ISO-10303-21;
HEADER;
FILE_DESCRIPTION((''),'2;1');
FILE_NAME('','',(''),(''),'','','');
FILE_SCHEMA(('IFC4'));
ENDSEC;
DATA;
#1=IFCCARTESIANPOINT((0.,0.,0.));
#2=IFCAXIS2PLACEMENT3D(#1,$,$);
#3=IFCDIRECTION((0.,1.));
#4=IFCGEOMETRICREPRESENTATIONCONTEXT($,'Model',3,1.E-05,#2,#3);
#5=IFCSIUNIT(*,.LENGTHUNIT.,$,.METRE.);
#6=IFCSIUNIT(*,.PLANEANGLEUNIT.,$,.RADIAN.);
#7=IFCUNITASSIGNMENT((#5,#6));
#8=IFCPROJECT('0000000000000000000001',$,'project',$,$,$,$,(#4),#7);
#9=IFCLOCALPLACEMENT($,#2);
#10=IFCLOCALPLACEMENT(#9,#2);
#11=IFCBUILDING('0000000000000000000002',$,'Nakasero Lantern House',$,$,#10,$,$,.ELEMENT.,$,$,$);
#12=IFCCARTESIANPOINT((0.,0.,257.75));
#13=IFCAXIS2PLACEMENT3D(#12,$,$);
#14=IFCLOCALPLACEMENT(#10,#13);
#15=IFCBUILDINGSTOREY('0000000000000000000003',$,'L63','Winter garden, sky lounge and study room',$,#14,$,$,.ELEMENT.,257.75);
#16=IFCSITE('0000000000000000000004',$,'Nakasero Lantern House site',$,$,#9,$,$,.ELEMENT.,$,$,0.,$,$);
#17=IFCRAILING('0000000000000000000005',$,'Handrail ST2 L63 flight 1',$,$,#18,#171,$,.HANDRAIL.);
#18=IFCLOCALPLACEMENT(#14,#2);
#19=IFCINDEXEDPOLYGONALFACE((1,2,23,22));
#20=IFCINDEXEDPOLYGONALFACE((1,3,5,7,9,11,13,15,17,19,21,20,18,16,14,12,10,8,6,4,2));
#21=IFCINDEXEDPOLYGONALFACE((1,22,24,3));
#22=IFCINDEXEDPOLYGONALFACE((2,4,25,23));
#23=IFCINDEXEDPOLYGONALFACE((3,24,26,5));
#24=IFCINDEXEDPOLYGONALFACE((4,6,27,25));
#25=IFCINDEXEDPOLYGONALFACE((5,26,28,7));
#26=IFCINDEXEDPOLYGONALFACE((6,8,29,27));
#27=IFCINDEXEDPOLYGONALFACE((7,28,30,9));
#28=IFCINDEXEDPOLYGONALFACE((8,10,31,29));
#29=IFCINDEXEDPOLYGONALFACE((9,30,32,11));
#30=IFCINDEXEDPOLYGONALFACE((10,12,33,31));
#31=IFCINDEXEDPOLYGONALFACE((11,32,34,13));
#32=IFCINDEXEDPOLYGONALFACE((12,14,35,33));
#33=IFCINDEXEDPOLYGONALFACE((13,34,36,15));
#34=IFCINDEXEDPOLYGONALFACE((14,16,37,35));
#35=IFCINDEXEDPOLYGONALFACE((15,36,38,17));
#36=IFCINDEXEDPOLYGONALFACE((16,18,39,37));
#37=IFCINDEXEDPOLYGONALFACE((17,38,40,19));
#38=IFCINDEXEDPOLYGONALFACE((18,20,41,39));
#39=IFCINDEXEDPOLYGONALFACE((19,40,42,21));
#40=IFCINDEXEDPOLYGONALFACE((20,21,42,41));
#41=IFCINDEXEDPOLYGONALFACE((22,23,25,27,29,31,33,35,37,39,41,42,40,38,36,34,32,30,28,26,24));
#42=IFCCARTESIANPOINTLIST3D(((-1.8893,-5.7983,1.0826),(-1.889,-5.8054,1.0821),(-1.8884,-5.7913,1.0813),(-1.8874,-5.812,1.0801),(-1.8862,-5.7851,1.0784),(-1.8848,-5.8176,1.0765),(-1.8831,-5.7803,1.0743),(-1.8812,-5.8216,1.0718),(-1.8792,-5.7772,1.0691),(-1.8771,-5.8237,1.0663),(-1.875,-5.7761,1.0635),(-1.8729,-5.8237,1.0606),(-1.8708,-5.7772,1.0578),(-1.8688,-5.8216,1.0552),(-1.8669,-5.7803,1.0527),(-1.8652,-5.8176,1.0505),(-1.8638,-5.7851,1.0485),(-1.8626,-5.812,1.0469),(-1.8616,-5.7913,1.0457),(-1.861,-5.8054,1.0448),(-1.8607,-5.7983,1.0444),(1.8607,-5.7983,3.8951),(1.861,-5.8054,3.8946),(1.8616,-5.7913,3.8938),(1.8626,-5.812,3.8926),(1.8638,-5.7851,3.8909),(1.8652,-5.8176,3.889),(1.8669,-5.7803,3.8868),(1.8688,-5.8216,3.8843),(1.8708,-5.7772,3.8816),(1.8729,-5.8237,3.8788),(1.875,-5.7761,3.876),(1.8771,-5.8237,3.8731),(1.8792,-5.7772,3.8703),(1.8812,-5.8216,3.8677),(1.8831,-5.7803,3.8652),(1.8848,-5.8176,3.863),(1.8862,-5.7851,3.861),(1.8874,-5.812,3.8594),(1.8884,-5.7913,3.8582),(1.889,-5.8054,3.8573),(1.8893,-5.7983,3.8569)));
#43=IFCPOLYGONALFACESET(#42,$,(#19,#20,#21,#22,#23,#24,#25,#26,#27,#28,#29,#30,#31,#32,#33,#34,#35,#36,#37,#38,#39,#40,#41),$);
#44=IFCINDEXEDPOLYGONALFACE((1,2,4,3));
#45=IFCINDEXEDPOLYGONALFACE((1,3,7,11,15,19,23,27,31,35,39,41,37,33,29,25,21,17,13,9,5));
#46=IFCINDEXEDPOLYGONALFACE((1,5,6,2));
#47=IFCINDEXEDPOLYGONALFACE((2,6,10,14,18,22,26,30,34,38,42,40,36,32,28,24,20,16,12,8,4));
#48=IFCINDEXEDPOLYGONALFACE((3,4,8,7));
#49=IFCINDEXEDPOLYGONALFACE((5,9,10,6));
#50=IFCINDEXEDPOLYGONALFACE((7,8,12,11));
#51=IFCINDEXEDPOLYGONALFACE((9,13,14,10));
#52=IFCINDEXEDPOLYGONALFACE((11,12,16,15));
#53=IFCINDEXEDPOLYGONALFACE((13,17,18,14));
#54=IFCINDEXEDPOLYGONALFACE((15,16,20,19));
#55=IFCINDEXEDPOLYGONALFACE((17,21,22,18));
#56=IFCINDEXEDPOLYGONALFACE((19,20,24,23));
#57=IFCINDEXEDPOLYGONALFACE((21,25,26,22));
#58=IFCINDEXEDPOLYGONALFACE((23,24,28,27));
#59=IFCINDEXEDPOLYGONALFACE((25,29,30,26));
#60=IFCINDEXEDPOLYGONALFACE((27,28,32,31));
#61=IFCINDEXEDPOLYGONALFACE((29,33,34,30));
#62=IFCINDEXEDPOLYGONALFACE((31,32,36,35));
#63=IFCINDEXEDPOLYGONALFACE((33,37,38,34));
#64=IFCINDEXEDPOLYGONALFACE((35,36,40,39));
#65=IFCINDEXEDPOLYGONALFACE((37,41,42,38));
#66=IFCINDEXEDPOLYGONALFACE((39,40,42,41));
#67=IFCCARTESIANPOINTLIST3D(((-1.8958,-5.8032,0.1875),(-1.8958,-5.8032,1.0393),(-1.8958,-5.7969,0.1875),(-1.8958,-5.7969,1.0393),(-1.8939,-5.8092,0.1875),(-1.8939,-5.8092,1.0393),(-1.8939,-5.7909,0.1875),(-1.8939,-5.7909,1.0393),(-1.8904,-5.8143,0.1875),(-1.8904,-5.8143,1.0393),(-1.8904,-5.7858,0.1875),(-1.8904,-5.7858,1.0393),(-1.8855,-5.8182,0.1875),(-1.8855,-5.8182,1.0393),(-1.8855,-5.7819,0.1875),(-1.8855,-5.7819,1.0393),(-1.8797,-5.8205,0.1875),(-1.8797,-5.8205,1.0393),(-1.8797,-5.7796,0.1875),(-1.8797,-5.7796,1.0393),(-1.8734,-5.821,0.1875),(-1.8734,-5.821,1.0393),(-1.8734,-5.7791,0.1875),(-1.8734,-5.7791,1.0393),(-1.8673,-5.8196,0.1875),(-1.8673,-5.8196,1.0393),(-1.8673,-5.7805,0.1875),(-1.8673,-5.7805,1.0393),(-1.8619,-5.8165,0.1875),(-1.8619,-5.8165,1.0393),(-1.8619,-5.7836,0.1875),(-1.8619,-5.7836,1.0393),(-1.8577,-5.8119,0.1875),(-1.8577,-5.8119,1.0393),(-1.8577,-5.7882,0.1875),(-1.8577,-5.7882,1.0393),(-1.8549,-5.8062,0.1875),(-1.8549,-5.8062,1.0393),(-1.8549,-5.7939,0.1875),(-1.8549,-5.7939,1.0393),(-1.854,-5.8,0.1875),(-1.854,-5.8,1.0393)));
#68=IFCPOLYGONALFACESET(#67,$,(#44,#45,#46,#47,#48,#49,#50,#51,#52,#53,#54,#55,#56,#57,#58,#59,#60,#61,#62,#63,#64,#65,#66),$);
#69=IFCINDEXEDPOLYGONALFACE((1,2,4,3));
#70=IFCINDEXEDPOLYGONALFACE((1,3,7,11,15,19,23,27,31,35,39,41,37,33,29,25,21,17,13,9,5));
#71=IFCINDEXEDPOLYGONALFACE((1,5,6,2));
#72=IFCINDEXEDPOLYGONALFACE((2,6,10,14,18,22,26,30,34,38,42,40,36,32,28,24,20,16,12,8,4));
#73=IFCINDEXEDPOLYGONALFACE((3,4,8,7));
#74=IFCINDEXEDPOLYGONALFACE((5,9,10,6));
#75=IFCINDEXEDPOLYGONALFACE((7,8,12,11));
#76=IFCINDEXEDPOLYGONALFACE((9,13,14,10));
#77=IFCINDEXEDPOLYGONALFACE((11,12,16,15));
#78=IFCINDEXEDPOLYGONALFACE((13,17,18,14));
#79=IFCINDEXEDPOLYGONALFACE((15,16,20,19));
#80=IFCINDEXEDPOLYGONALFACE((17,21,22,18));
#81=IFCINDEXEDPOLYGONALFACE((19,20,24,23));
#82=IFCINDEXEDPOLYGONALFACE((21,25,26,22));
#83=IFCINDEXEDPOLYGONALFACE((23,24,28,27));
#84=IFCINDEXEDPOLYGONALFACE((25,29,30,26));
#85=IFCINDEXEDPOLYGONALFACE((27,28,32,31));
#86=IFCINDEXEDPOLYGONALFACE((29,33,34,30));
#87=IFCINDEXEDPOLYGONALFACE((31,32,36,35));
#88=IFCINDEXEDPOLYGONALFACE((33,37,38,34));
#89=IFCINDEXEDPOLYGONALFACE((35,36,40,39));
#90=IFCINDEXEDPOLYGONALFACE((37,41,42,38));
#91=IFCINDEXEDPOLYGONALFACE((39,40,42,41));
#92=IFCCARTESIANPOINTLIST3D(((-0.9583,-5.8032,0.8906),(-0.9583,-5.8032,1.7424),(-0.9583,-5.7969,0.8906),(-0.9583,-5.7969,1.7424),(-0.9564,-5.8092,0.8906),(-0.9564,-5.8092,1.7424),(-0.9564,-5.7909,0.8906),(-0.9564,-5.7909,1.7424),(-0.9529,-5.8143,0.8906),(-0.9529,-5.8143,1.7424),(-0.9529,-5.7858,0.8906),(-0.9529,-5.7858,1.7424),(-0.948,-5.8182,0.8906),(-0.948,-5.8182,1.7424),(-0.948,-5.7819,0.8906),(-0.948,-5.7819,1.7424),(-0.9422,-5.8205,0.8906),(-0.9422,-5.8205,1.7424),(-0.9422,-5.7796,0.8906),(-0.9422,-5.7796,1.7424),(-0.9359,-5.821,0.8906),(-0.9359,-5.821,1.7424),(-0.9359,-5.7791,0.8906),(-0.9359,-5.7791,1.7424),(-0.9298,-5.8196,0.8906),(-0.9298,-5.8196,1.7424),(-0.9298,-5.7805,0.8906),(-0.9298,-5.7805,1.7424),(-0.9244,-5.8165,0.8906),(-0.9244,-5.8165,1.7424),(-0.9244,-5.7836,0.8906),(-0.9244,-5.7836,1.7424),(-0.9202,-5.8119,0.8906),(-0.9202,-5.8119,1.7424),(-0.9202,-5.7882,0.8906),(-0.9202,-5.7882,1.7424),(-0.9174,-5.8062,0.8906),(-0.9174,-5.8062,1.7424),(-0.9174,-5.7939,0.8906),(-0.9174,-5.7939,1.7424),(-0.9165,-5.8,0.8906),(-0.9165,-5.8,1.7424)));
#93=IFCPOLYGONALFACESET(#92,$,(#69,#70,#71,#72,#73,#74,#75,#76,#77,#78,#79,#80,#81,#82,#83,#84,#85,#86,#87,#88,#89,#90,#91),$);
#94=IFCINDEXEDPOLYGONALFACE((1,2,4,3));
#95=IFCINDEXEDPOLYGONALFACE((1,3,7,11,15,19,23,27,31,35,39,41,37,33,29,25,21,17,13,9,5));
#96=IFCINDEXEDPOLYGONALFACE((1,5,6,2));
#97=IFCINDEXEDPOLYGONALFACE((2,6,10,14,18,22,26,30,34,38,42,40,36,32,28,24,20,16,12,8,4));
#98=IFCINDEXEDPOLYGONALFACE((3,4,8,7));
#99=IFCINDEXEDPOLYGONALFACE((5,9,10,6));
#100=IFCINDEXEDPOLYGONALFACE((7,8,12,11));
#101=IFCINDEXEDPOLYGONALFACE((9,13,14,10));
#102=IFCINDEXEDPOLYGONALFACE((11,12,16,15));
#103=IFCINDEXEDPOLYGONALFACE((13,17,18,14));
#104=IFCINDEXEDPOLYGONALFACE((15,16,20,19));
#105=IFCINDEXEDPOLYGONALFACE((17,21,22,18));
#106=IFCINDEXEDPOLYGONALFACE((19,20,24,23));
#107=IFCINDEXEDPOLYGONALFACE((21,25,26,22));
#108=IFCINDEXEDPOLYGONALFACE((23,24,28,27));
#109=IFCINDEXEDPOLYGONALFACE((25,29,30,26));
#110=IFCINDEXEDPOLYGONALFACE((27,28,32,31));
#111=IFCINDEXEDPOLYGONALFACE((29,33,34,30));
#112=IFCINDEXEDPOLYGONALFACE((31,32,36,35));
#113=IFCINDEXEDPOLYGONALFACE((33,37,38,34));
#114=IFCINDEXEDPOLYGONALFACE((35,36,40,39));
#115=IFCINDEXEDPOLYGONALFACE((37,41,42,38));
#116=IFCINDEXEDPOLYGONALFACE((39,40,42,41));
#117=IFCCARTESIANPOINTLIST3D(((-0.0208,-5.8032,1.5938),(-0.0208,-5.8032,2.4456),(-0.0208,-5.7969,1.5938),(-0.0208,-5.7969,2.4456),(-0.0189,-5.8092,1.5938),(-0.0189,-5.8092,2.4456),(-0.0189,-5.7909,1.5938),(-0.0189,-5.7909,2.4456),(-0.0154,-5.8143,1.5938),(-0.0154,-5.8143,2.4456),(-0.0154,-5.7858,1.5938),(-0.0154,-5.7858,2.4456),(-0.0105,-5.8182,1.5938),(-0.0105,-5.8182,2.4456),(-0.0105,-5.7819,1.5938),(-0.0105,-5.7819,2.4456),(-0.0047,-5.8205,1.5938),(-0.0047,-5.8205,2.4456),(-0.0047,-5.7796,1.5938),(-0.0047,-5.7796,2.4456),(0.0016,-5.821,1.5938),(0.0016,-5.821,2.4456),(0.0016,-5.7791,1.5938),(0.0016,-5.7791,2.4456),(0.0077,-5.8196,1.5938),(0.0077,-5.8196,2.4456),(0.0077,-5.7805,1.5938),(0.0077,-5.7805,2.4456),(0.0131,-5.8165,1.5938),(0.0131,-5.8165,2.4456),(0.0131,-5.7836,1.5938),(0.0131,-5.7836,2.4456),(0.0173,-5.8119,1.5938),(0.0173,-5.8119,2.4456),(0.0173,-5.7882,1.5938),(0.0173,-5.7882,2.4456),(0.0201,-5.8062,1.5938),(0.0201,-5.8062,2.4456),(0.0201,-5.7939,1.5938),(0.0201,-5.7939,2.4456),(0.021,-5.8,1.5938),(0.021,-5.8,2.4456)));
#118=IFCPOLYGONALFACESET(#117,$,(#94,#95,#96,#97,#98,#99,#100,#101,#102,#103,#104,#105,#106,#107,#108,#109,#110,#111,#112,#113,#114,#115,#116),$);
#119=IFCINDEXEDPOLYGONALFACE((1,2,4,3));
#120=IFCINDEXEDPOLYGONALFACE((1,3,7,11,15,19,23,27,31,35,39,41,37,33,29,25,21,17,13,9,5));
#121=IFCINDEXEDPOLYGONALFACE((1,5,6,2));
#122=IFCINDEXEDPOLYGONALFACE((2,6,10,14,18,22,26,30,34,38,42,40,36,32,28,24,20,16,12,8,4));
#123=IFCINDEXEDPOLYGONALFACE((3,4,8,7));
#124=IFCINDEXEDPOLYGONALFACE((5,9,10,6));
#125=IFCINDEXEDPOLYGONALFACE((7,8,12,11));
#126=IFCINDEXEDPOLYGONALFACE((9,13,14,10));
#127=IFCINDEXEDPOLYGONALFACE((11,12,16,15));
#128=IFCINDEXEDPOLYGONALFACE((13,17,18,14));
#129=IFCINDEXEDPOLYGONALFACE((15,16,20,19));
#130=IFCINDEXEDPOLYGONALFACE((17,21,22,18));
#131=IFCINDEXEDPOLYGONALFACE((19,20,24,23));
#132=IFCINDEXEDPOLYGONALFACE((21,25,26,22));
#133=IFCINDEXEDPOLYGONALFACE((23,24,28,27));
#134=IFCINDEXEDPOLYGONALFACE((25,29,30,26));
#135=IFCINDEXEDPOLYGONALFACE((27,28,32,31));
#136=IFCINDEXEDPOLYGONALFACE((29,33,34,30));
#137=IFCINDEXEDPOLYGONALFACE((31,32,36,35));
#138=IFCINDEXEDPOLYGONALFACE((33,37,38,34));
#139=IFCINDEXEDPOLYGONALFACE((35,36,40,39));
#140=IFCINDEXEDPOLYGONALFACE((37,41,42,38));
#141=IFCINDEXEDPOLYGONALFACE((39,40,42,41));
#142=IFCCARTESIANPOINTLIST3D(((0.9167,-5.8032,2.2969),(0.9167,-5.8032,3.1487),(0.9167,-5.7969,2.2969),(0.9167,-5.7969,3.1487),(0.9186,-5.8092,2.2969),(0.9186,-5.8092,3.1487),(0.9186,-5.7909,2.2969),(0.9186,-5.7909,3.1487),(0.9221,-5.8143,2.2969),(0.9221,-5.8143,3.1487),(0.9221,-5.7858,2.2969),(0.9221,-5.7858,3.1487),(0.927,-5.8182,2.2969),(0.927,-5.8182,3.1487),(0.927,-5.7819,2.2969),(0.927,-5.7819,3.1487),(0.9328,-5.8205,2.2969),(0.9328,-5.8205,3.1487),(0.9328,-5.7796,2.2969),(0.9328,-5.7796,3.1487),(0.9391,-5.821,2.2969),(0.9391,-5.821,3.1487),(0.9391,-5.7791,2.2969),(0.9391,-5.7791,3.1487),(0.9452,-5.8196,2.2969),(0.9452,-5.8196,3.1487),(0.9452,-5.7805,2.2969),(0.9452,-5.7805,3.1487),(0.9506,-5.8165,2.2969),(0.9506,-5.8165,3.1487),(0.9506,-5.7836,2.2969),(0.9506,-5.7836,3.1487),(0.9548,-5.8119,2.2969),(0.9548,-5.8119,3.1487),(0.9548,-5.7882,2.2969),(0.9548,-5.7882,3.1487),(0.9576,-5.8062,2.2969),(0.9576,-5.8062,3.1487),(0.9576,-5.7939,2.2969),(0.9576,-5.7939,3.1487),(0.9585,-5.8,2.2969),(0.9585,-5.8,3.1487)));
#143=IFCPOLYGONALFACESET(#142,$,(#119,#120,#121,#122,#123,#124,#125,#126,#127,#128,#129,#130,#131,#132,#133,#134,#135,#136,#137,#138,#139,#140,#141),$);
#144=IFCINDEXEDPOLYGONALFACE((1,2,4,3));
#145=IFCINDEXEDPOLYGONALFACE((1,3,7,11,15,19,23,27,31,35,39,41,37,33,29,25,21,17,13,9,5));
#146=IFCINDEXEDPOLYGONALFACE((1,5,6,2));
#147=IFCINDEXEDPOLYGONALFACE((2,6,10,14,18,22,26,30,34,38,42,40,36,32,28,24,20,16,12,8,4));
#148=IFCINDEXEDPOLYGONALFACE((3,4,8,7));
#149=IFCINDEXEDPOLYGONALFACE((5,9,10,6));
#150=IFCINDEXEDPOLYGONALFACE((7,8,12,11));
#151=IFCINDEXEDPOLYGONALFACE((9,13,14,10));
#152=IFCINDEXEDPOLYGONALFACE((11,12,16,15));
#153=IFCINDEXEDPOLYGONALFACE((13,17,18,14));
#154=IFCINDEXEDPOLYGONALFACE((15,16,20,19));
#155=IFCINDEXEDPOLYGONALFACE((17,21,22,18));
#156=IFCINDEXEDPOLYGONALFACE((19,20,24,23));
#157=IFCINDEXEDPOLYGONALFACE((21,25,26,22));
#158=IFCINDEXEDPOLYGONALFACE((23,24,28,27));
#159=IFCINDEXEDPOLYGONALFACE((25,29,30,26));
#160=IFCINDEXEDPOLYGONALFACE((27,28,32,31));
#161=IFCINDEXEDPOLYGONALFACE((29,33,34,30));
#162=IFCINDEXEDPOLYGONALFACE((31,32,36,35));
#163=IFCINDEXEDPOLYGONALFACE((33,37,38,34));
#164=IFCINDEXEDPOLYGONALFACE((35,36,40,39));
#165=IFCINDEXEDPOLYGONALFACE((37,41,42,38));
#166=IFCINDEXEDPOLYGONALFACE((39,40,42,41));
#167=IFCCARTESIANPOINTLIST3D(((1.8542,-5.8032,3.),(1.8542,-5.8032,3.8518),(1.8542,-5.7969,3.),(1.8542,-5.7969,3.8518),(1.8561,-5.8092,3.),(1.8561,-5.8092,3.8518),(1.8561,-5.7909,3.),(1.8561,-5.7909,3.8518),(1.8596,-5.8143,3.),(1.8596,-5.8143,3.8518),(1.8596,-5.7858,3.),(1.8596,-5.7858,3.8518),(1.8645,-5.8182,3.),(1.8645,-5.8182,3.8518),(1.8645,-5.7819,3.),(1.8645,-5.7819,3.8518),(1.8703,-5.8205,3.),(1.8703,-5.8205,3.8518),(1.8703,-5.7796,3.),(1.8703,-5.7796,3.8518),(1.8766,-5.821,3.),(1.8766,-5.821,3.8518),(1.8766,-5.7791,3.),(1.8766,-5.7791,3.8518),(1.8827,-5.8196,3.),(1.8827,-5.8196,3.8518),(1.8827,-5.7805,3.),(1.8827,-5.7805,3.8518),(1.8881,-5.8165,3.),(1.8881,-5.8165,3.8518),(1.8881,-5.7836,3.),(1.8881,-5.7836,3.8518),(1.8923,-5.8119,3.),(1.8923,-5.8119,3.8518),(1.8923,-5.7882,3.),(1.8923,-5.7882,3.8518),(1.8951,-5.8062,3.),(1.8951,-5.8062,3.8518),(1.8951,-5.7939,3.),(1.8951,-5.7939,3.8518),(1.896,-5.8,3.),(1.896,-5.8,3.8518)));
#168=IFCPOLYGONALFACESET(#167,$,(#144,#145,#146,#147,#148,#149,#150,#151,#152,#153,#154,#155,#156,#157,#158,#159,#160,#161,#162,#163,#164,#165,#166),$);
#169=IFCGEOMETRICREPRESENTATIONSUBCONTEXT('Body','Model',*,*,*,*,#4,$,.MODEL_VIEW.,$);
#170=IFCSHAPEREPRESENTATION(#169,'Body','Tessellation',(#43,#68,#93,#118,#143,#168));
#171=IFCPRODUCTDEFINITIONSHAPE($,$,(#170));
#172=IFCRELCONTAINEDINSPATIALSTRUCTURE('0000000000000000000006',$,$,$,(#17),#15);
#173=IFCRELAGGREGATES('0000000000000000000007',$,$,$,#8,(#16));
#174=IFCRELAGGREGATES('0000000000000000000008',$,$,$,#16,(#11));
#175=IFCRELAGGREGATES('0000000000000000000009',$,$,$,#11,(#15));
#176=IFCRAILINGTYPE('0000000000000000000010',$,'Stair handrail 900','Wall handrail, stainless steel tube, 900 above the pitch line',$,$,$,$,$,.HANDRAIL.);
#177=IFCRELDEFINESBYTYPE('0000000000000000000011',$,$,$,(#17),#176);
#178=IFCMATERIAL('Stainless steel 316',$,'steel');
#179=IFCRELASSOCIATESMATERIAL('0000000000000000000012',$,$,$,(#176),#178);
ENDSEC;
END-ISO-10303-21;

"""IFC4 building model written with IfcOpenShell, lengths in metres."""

from ifc_helpers import new_model, si_unit, direction, frame, origin, origin_2d, place, context, subcontext, project, spatial, circle, extrude, material, type_object, element, save


model = new_model("IFC4")

# Units and contexts
model_context = context("Model", 3, precision=1e-05, world=origin(), true_north=direction((0.0, 1.0)))
body_context = subcontext(model_context, "Body", "Model", "MODEL_VIEW")
ifc_project = project(units=[si_unit("LENGTHUNIT", "METRE"), si_unit("PLANEANGLEUNIT", "RADIAN")], contexts=[model_context])

# Site, building, storey
site_placement = place(None, origin())
site = spatial("IfcSite", under=ifc_project, at=site_placement, Name="Nakasero Lantern House site", CompositionType="ELEMENT", RefElevation=0.0)
building_placement = place(site_placement, origin())
building = spatial("IfcBuilding", under=site, at=building_placement, Name="Nakasero Lantern House", CompositionType="ELEMENT")
storey_placement = place(building_placement, frame((0.0, 0.0, 257.75)))
storey = spatial("IfcBuildingStorey", under=building, at=storey_placement, Name="L63", Description="Winter garden, sky lounge and study room", CompositionType="ELEMENT", Elevation=257.75)

# Railing
ifc_material_1 = material(Name="Stainless steel 316", Category="steel")
railing_type = type_object("IfcRailingType", Name="Stair handrail 900", Description="Wall handrail, stainless steel tube, 900 above the pitch line", PredefinedType="HANDRAIL", material=ifc_material_1)
railing_placement = place(storey_placement, frame((-1.875, -5.8, 0.1875)))
element("IfcRailing", 1, at=railing_placement, inside=storey, type_object=railing_type, Name="Handrail ST2 L63 flight 1", PredefinedType="HANDRAIL", context=body_context, shape_type="SweptSolid", body=[
    extrude(circle(Radius=0.0239, at=origin_2d()), frame((0.0, 0.0, 0.876), z_axis=(0.8, 0.0, 0.6), x_axis=(0.0, 1.0, 0.0)), (0.0, 0.0, 1.0), 4.6875),
    extrude(circle(Radius=0.021, at=origin_2d()), origin(), (0.0, 0.0, 1.0), 0.8518),
    extrude(circle(Radius=0.021, at=origin_2d()), frame((0.9375, 0.0, 0.7031)), (0.0, 0.0, 1.0), 0.8518),
    extrude(circle(Radius=0.021, at=origin_2d()), frame((1.875, 0.0, 1.4062)), (0.0, 0.0, 1.0), 0.8518),
    extrude(circle(Radius=0.021, at=origin_2d()), frame((2.8125, 0.0, 2.1094)), (0.0, 0.0, 1.0), 0.8518),
    extrude(circle(Radius=0.021, at=origin_2d()), frame((3.75, 0.0, 2.8125)), (0.0, 0.0, 1.0), 0.8518),
])

save(model, "model.ifc")
